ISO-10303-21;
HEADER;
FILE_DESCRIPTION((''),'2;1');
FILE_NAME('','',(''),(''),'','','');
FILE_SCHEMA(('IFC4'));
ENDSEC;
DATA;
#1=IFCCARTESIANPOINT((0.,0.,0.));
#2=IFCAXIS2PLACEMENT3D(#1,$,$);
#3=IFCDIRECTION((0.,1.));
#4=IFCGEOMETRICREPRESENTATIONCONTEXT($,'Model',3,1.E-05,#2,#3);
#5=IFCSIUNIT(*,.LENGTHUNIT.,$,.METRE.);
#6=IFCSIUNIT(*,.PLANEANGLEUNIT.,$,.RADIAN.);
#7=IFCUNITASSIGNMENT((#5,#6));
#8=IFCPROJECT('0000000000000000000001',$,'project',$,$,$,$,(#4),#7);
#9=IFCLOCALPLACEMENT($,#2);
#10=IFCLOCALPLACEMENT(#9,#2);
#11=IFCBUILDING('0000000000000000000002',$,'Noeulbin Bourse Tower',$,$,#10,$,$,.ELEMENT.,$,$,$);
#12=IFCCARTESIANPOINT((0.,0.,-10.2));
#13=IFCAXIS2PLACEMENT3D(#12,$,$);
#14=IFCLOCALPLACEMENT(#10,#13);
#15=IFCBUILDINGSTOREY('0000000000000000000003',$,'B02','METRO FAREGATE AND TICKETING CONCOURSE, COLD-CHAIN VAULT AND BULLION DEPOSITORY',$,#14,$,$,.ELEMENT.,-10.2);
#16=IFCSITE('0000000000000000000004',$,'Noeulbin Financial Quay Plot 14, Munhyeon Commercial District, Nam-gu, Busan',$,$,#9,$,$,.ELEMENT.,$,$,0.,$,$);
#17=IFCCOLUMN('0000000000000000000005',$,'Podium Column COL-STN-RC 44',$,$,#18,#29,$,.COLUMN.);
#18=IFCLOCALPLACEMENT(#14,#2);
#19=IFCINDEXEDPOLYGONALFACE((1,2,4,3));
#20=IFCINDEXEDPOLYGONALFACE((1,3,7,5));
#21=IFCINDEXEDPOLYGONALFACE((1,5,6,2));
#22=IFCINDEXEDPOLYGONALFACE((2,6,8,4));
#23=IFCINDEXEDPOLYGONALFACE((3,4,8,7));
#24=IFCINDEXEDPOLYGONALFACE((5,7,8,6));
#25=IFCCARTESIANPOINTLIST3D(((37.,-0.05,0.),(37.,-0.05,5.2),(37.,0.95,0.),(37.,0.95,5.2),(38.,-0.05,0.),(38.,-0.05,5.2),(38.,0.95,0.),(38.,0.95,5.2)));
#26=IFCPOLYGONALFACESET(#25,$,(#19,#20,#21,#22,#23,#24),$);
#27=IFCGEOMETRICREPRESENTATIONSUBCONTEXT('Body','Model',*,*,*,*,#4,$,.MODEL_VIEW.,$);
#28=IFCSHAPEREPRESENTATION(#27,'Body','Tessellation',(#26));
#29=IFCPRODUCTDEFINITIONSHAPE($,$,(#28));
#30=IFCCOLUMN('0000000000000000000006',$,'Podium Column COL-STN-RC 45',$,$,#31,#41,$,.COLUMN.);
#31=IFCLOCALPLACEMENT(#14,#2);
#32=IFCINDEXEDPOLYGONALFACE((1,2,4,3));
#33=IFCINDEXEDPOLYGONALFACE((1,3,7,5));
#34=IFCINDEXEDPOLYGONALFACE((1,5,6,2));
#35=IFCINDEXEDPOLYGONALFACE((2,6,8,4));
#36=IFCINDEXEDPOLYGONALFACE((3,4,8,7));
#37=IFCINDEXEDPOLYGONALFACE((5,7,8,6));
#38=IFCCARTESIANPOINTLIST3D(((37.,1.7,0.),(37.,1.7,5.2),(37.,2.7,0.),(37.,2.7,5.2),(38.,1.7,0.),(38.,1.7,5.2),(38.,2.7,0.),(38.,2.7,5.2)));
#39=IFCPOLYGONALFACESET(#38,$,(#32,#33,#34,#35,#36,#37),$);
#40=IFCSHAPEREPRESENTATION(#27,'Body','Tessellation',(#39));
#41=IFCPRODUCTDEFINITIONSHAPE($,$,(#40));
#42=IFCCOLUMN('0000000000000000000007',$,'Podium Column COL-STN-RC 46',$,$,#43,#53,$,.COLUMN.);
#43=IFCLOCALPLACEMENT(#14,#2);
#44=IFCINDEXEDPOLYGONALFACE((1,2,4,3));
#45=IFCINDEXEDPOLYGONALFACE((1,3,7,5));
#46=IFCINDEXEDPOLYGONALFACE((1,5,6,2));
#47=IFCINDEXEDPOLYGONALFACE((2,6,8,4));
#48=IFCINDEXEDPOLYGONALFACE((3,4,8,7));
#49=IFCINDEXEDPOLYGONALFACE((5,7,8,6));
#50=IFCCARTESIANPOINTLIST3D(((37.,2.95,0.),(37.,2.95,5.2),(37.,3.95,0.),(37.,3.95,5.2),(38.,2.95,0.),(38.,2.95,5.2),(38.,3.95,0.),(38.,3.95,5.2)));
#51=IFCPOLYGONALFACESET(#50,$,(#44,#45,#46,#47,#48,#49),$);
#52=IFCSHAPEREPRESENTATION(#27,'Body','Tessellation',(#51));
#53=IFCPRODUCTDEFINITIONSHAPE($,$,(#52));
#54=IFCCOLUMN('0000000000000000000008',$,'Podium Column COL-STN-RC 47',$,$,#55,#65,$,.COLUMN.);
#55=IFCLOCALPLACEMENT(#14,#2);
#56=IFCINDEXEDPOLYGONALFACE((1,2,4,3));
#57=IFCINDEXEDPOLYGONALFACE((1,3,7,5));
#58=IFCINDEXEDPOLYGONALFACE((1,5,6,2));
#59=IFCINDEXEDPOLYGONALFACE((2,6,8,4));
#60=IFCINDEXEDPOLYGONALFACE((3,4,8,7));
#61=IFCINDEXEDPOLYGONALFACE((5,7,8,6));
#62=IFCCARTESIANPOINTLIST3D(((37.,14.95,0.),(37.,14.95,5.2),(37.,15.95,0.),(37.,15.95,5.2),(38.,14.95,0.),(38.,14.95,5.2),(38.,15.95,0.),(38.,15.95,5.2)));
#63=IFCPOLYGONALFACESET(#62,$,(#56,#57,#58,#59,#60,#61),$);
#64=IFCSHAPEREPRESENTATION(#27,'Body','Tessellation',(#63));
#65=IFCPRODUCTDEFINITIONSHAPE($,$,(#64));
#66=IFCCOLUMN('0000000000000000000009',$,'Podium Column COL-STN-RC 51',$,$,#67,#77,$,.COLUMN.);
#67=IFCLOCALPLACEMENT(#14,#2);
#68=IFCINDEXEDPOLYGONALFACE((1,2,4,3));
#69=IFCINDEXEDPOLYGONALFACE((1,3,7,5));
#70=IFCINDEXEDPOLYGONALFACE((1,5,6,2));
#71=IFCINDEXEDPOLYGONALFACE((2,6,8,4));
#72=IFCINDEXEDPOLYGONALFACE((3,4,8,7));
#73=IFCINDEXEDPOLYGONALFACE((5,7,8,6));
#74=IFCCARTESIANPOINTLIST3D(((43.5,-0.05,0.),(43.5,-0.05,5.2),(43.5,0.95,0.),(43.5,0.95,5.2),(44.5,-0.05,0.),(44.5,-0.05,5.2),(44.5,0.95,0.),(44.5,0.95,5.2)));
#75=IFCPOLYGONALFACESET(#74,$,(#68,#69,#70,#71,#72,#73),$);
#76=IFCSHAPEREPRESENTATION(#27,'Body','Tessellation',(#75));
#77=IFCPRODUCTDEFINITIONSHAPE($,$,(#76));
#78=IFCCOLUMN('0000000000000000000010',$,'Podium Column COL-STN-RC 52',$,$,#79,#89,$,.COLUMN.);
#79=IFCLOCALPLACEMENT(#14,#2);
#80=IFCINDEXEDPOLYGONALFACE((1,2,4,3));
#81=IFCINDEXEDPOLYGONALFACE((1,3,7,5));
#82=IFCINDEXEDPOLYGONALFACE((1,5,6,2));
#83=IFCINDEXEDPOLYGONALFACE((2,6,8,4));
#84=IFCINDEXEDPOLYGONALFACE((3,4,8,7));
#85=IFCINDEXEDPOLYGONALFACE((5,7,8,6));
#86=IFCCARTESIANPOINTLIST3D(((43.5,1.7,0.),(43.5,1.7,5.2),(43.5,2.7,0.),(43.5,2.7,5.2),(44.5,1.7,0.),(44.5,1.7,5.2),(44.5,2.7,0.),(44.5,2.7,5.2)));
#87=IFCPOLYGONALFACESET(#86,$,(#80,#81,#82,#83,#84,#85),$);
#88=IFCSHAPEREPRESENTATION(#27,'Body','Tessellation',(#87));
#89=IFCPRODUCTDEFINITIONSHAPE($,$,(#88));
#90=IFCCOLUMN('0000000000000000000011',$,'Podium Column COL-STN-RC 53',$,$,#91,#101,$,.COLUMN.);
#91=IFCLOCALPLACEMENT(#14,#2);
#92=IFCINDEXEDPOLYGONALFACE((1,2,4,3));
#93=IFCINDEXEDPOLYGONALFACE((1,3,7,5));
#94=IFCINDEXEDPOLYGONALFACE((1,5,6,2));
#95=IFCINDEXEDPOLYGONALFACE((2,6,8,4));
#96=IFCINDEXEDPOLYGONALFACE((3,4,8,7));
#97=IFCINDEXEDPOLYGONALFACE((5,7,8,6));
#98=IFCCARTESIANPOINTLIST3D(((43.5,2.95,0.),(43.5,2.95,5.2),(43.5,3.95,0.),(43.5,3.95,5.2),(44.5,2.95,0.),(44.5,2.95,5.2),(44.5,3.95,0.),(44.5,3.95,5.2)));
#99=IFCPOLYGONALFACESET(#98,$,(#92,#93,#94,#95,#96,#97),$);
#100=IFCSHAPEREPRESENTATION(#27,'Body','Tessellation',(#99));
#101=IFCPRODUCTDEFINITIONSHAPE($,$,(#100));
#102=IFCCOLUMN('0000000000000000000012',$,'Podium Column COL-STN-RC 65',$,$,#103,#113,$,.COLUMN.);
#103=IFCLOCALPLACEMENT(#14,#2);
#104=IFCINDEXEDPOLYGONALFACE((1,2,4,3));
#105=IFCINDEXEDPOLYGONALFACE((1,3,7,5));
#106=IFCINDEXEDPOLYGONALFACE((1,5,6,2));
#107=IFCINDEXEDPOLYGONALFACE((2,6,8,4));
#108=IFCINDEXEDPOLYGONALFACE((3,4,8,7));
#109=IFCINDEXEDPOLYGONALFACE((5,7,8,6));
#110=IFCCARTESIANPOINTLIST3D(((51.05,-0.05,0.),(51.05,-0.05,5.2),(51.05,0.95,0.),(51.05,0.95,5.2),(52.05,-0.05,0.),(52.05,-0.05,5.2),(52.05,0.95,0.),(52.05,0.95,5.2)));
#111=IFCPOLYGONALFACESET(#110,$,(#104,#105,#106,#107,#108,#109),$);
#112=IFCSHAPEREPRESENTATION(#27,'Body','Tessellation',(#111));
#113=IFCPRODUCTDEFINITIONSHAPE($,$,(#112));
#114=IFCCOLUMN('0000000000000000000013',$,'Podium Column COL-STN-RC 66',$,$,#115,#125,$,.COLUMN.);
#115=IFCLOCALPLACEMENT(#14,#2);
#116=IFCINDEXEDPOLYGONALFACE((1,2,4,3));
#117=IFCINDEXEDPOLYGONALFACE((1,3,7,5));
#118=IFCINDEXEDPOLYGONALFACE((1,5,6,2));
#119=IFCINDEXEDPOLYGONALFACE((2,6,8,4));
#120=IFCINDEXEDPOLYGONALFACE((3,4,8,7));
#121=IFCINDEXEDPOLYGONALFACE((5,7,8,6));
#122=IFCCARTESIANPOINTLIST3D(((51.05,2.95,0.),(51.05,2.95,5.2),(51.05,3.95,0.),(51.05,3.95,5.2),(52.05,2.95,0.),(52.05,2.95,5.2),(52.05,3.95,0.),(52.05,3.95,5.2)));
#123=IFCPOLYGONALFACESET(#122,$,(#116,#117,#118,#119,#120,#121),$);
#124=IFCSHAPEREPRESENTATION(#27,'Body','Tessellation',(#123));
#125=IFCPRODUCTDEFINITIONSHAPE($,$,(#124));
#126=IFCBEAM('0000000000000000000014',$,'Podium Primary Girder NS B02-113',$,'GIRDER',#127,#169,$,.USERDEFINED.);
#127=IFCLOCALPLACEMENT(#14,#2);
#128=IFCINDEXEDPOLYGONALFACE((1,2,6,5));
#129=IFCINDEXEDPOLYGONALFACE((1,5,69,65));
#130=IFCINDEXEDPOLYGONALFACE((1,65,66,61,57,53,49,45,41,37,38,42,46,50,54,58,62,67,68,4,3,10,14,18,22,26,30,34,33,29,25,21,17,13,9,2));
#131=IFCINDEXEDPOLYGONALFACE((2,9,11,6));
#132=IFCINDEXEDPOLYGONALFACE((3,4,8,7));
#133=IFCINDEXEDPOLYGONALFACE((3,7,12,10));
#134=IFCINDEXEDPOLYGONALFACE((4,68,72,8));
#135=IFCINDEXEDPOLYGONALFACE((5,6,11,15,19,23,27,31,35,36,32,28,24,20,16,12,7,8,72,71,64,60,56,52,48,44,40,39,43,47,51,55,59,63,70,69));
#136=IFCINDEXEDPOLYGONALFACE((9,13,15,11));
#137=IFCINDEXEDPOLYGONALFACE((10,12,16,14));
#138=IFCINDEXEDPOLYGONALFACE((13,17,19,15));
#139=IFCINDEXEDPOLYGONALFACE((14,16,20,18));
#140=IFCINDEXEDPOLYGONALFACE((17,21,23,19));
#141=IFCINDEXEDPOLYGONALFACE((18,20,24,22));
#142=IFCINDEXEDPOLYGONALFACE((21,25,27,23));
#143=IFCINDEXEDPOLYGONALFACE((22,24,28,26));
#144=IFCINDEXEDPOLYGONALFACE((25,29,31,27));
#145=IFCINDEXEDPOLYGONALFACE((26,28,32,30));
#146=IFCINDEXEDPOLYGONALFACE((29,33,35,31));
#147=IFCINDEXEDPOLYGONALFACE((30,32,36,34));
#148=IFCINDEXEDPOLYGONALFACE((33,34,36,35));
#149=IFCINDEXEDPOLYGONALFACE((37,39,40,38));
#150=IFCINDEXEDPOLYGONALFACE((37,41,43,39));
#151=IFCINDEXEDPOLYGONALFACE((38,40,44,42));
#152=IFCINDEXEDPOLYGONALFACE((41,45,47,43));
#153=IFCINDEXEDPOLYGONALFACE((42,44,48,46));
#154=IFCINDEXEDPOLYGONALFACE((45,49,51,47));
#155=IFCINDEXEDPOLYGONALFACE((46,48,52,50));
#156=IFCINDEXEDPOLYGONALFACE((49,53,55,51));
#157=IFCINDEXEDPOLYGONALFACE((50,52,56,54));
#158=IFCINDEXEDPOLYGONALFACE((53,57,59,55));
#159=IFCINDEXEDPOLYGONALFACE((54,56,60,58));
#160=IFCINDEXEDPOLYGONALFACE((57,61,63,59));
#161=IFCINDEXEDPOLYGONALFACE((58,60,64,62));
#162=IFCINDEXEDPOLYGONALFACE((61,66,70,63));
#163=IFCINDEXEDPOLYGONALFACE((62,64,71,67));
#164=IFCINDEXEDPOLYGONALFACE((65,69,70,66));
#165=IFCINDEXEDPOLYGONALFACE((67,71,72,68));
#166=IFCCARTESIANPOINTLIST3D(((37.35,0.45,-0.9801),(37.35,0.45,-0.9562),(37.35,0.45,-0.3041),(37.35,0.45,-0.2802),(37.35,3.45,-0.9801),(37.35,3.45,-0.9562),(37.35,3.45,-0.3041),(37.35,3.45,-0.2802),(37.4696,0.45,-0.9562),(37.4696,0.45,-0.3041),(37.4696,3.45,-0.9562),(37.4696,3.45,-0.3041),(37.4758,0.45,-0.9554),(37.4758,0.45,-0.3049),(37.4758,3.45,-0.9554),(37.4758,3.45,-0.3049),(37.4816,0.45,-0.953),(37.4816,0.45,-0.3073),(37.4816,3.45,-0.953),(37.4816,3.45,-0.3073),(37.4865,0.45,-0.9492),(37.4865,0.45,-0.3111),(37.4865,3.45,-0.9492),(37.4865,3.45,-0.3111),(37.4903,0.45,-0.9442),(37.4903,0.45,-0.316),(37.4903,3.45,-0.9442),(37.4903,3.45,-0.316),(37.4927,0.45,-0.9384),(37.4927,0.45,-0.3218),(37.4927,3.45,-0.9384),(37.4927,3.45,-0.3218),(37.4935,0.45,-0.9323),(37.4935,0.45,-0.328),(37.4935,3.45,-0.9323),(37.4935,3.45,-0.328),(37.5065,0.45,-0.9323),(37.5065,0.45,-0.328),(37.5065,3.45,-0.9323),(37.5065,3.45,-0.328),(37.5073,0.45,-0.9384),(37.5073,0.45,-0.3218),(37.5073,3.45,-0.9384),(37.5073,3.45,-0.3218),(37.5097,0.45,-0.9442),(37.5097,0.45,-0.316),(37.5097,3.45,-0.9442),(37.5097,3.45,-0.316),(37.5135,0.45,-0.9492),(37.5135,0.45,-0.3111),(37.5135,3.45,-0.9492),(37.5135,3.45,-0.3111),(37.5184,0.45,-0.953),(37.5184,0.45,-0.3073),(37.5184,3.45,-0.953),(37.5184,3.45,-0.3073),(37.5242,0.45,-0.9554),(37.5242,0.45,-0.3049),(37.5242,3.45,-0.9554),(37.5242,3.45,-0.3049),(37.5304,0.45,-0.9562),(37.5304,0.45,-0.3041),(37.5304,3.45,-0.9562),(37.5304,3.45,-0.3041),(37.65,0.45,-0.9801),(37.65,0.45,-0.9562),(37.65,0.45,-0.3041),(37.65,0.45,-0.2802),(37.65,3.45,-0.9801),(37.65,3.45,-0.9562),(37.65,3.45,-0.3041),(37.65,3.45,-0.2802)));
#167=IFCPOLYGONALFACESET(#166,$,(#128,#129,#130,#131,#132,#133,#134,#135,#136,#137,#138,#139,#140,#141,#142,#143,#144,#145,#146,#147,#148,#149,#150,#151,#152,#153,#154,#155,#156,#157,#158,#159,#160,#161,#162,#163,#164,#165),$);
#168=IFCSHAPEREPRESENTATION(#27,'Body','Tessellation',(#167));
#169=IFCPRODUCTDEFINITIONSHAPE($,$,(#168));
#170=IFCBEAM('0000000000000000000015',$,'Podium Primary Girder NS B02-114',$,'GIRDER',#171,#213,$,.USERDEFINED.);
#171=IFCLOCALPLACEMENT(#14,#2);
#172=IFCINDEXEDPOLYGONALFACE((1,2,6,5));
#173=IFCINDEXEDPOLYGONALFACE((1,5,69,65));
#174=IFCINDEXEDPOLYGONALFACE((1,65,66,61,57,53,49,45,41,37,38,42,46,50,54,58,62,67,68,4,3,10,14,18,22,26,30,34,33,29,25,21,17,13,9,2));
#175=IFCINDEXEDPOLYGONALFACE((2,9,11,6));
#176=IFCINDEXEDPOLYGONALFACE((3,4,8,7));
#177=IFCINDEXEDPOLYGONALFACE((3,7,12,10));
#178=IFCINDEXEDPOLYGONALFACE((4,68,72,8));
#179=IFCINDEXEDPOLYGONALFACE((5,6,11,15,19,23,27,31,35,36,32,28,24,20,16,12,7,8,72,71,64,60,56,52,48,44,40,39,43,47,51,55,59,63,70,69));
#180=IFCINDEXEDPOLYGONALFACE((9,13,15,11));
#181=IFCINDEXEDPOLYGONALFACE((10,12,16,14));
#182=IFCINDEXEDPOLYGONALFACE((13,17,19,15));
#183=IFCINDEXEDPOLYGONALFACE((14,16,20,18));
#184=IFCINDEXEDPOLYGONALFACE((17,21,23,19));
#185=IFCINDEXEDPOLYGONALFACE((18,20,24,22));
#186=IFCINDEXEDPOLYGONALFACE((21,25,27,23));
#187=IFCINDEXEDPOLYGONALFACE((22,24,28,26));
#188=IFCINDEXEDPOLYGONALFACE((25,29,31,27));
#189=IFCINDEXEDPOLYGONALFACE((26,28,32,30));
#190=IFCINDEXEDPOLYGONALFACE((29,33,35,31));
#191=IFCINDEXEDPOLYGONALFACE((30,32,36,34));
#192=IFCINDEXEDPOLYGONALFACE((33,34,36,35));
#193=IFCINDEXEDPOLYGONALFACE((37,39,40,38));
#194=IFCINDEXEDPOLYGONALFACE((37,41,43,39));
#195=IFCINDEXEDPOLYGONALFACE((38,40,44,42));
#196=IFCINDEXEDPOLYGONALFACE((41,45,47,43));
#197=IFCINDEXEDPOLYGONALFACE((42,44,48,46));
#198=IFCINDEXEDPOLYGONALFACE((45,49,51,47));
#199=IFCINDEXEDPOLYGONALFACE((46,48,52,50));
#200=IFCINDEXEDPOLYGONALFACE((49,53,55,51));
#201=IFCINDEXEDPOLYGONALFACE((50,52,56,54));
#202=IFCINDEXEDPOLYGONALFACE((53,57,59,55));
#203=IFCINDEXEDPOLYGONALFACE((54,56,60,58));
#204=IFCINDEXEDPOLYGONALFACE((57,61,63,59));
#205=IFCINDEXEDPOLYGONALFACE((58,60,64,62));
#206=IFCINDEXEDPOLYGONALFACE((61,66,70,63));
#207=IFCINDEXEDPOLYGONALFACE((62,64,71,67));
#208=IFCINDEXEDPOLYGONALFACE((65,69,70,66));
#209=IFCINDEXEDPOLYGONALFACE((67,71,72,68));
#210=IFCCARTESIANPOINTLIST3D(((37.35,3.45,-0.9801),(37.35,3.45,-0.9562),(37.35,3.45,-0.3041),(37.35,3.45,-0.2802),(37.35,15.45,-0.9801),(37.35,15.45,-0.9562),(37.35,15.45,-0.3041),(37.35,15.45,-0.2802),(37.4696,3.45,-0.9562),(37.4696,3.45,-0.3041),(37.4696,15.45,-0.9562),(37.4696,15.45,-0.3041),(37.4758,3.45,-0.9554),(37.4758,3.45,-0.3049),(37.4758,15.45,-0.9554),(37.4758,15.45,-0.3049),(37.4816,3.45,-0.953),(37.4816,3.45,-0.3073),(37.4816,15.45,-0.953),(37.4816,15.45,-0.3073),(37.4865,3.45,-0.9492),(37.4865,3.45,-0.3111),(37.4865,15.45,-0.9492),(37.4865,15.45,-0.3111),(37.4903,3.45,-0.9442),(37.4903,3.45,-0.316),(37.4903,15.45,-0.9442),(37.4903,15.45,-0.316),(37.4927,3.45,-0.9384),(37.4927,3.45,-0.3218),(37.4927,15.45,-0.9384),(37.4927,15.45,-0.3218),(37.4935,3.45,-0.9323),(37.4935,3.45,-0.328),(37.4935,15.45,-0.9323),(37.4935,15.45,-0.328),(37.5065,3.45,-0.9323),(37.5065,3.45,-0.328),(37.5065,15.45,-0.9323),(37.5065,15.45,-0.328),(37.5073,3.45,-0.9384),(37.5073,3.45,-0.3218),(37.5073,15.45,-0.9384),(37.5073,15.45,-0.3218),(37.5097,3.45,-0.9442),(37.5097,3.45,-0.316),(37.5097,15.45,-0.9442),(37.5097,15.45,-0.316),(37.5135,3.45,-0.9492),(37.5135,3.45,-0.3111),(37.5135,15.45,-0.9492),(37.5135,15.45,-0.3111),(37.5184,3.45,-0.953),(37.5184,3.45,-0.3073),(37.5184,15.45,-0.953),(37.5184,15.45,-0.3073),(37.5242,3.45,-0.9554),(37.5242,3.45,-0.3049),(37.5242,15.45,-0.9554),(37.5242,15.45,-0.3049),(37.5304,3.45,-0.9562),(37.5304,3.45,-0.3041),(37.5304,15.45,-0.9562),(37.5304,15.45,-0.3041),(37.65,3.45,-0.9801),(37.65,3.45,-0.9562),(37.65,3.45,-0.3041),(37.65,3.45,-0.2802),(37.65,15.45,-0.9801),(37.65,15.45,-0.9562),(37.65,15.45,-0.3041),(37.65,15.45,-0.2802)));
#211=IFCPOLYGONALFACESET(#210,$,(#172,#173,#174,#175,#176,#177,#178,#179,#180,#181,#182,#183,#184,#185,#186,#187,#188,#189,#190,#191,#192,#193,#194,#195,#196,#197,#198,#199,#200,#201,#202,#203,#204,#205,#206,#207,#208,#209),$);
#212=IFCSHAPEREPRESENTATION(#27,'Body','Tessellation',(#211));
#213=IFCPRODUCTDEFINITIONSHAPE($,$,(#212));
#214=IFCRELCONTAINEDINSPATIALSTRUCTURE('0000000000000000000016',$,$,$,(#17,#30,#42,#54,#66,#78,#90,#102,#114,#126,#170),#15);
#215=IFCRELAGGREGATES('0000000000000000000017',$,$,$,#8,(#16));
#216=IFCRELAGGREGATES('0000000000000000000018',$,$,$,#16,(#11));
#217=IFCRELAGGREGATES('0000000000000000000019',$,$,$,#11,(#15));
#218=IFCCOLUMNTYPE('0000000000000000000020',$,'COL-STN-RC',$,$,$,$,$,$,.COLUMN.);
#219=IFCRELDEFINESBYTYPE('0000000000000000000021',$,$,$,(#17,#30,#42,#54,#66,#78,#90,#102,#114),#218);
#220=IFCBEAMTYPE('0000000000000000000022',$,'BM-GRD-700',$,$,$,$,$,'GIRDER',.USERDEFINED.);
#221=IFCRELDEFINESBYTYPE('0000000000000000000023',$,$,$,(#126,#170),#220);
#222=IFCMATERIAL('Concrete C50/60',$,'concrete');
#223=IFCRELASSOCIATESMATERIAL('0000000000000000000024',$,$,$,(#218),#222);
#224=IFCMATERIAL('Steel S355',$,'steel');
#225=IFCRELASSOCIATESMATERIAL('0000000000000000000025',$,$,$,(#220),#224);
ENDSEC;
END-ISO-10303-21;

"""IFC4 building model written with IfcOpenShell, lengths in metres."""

from ifc_helpers import new_model, si_unit, direction, frame, origin, origin_2d, place, context, subcontext, project, spatial, rectangle, i_section, extrude, material, material_profile, profile_set, type_object, element, save


model = new_model("IFC4")

# Units and contexts
model_context = context("Model", 3, precision=1e-05, world=origin(), true_north=direction((0.0, 1.0)))
body_context = subcontext(model_context, "Body", "Model", "MODEL_VIEW")
ifc_project = project(units=[si_unit("LENGTHUNIT", "METRE"), si_unit("PLANEANGLEUNIT", "RADIAN")], contexts=[model_context])

# Site, building, storey
site_placement = place(None, origin())
site = spatial("IfcSite", under=ifc_project, at=site_placement, Name="Noeulbin Financial Quay Plot 14, Munhyeon Commercial District, Nam-gu, Busan", CompositionType="ELEMENT", RefElevation=0.0)
building_placement = place(site_placement, origin())
building = spatial("IfcBuilding", under=site, at=building_placement, Name="Noeulbin Bourse Tower", CompositionType="ELEMENT")
storey_placement = place(building_placement, frame((0.0, 0.0, -10.2)))
storey = spatial("IfcBuildingStorey", under=building, at=storey_placement, Name="B02", Description="METRO FAREGATE AND TICKETING CONCOURSE, COLD-CHAIN VAULT AND BULLION DEPOSITORY", CompositionType="ELEMENT", Elevation=-10.2)

# Columns
ifc_material_1 = material(Name="Concrete C50/60", Category="concrete")
ifc_material_profile_1 = material_profile(ifc_material_1, rectangle(XDim=1.0, YDim=1.0, at=origin_2d()), Name="RC-COL-1000x1000", Category="LoadBearing")
ifc_profile_set_1 = profile_set([ifc_material_profile_1], Name="Concrete C50/60")
column_type = type_object("IfcColumnType", Name="COL-STN-RC", PredefinedType="COLUMN", material=ifc_profile_set_1)
for number, where, z_axis, x_axis, name in (
    (1, (37.5, 0.45, 0.0), (0.0, 0.0, 1.0), (1.0, 0.0, 0.0), "Podium Column COL-STN-RC 44"),
    (2, (37.5, 2.2, 0.0), (0.0, 0.0, 1.0), (1.0, 0.0, 0.0), "Podium Column COL-STN-RC 45"),
    (3, (37.5, 3.45, 0.0), (0.0, 0.0, 1.0), (1.0, 0.0, 0.0), "Podium Column COL-STN-RC 46"),
    (4, (37.5, 15.45, 0.0), (0.0, 0.0, 1.0), (1.0, 0.0, 0.0), "Podium Column COL-STN-RC 47"),
    (5, (44.0, 0.45, 0.0), (0.0, 0.0, 1.0), (1.0, 0.0, 0.0), "Podium Column COL-STN-RC 51"),
    (6, (44.0, 2.2, 0.0), (0.0, 0.0, 1.0), (1.0, 0.0, 0.0), "Podium Column COL-STN-RC 52"),
    (7, (44.0, 3.45, 0.0), (0.0, 0.0, 1.0), (1.0, 0.0, 0.0), "Podium Column COL-STN-RC 53"),
    (8, (51.55, 0.45, 0.0), (0.0, 0.0, 1.0), (1.0, 0.0, 0.0), "Podium Column COL-STN-RC 65"),
    (9, (51.55, 3.45, 0.0), (0.0, 0.0, 1.0), (1.0, 0.0, 0.0), "Podium Column COL-STN-RC 66"),
):
    element("IfcColumn", number, at=place(storey_placement, frame(where, z_axis=z_axis, x_axis=x_axis)), inside=storey, type_object=column_type, Name=name, PredefinedType="COLUMN", context=body_context, shape_type="SweptSolid", body=[
        extrude(rectangle(XDim=1.0, YDim=1.0, at=origin_2d()), origin(), (0.0, 0.0, 1.0), 5.2),
    ])

# Beams
ifc_material_2 = material(Name="Steel S355", Category="steel")
ifc_material_profile_2 = material_profile(ifc_material_2, i_section(OverallWidth=0.3, OverallDepth=0.7, WebThickness=0.0129, FlangeThickness=0.0239, FilletRadius=0.0239, at=origin_2d()), Name="H-700x300x13x24", Category="LoadBearing")
ifc_profile_set_2 = profile_set([ifc_material_profile_2], Name="Steel S355")
beam_type_1 = type_object("IfcBeamType", Name="BM-GRD-700", ElementType="GIRDER", PredefinedType="USERDEFINED", material=ifc_profile_set_2)
beam_1_placement = place(storey_placement, frame((37.5, 0.45, -0.6301), z_axis=(0.0, 1.0, 0.0), x_axis=(-1.0, 0.0, 0.0)))
element("IfcBeam", 10, at=beam_1_placement, inside=storey, type_object=beam_type_1, Name="Podium Primary Girder NS B02-113", ObjectType="GIRDER", PredefinedType="USERDEFINED", context=body_context, shape_type="SweptSolid", body=[
    extrude(i_section(OverallWidth=0.3, OverallDepth=0.7, WebThickness=0.0129, FlangeThickness=0.0239, FilletRadius=0.0239, at=origin_2d()), origin(), (0.0, 0.0, 1.0), 3.0),
])
beam_2_placement = place(storey_placement, frame((37.5, 3.45, -0.6301), z_axis=(0.0, 1.0, 0.0), x_axis=(-1.0, 0.0, 0.0)))
element("IfcBeam", 11, at=beam_2_placement, inside=storey, type_object=beam_type_1, Name="Podium Primary Girder NS B02-114", ObjectType="GIRDER", PredefinedType="USERDEFINED", context=body_context, shape_type="SweptSolid", body=[
    extrude(i_section(OverallWidth=0.3, OverallDepth=0.7, WebThickness=0.0129, FlangeThickness=0.0239, FilletRadius=0.0239, at=origin_2d()), origin(), (0.0, 0.0, 1.0), 12.0),
])

save(model, "model.ifc")
